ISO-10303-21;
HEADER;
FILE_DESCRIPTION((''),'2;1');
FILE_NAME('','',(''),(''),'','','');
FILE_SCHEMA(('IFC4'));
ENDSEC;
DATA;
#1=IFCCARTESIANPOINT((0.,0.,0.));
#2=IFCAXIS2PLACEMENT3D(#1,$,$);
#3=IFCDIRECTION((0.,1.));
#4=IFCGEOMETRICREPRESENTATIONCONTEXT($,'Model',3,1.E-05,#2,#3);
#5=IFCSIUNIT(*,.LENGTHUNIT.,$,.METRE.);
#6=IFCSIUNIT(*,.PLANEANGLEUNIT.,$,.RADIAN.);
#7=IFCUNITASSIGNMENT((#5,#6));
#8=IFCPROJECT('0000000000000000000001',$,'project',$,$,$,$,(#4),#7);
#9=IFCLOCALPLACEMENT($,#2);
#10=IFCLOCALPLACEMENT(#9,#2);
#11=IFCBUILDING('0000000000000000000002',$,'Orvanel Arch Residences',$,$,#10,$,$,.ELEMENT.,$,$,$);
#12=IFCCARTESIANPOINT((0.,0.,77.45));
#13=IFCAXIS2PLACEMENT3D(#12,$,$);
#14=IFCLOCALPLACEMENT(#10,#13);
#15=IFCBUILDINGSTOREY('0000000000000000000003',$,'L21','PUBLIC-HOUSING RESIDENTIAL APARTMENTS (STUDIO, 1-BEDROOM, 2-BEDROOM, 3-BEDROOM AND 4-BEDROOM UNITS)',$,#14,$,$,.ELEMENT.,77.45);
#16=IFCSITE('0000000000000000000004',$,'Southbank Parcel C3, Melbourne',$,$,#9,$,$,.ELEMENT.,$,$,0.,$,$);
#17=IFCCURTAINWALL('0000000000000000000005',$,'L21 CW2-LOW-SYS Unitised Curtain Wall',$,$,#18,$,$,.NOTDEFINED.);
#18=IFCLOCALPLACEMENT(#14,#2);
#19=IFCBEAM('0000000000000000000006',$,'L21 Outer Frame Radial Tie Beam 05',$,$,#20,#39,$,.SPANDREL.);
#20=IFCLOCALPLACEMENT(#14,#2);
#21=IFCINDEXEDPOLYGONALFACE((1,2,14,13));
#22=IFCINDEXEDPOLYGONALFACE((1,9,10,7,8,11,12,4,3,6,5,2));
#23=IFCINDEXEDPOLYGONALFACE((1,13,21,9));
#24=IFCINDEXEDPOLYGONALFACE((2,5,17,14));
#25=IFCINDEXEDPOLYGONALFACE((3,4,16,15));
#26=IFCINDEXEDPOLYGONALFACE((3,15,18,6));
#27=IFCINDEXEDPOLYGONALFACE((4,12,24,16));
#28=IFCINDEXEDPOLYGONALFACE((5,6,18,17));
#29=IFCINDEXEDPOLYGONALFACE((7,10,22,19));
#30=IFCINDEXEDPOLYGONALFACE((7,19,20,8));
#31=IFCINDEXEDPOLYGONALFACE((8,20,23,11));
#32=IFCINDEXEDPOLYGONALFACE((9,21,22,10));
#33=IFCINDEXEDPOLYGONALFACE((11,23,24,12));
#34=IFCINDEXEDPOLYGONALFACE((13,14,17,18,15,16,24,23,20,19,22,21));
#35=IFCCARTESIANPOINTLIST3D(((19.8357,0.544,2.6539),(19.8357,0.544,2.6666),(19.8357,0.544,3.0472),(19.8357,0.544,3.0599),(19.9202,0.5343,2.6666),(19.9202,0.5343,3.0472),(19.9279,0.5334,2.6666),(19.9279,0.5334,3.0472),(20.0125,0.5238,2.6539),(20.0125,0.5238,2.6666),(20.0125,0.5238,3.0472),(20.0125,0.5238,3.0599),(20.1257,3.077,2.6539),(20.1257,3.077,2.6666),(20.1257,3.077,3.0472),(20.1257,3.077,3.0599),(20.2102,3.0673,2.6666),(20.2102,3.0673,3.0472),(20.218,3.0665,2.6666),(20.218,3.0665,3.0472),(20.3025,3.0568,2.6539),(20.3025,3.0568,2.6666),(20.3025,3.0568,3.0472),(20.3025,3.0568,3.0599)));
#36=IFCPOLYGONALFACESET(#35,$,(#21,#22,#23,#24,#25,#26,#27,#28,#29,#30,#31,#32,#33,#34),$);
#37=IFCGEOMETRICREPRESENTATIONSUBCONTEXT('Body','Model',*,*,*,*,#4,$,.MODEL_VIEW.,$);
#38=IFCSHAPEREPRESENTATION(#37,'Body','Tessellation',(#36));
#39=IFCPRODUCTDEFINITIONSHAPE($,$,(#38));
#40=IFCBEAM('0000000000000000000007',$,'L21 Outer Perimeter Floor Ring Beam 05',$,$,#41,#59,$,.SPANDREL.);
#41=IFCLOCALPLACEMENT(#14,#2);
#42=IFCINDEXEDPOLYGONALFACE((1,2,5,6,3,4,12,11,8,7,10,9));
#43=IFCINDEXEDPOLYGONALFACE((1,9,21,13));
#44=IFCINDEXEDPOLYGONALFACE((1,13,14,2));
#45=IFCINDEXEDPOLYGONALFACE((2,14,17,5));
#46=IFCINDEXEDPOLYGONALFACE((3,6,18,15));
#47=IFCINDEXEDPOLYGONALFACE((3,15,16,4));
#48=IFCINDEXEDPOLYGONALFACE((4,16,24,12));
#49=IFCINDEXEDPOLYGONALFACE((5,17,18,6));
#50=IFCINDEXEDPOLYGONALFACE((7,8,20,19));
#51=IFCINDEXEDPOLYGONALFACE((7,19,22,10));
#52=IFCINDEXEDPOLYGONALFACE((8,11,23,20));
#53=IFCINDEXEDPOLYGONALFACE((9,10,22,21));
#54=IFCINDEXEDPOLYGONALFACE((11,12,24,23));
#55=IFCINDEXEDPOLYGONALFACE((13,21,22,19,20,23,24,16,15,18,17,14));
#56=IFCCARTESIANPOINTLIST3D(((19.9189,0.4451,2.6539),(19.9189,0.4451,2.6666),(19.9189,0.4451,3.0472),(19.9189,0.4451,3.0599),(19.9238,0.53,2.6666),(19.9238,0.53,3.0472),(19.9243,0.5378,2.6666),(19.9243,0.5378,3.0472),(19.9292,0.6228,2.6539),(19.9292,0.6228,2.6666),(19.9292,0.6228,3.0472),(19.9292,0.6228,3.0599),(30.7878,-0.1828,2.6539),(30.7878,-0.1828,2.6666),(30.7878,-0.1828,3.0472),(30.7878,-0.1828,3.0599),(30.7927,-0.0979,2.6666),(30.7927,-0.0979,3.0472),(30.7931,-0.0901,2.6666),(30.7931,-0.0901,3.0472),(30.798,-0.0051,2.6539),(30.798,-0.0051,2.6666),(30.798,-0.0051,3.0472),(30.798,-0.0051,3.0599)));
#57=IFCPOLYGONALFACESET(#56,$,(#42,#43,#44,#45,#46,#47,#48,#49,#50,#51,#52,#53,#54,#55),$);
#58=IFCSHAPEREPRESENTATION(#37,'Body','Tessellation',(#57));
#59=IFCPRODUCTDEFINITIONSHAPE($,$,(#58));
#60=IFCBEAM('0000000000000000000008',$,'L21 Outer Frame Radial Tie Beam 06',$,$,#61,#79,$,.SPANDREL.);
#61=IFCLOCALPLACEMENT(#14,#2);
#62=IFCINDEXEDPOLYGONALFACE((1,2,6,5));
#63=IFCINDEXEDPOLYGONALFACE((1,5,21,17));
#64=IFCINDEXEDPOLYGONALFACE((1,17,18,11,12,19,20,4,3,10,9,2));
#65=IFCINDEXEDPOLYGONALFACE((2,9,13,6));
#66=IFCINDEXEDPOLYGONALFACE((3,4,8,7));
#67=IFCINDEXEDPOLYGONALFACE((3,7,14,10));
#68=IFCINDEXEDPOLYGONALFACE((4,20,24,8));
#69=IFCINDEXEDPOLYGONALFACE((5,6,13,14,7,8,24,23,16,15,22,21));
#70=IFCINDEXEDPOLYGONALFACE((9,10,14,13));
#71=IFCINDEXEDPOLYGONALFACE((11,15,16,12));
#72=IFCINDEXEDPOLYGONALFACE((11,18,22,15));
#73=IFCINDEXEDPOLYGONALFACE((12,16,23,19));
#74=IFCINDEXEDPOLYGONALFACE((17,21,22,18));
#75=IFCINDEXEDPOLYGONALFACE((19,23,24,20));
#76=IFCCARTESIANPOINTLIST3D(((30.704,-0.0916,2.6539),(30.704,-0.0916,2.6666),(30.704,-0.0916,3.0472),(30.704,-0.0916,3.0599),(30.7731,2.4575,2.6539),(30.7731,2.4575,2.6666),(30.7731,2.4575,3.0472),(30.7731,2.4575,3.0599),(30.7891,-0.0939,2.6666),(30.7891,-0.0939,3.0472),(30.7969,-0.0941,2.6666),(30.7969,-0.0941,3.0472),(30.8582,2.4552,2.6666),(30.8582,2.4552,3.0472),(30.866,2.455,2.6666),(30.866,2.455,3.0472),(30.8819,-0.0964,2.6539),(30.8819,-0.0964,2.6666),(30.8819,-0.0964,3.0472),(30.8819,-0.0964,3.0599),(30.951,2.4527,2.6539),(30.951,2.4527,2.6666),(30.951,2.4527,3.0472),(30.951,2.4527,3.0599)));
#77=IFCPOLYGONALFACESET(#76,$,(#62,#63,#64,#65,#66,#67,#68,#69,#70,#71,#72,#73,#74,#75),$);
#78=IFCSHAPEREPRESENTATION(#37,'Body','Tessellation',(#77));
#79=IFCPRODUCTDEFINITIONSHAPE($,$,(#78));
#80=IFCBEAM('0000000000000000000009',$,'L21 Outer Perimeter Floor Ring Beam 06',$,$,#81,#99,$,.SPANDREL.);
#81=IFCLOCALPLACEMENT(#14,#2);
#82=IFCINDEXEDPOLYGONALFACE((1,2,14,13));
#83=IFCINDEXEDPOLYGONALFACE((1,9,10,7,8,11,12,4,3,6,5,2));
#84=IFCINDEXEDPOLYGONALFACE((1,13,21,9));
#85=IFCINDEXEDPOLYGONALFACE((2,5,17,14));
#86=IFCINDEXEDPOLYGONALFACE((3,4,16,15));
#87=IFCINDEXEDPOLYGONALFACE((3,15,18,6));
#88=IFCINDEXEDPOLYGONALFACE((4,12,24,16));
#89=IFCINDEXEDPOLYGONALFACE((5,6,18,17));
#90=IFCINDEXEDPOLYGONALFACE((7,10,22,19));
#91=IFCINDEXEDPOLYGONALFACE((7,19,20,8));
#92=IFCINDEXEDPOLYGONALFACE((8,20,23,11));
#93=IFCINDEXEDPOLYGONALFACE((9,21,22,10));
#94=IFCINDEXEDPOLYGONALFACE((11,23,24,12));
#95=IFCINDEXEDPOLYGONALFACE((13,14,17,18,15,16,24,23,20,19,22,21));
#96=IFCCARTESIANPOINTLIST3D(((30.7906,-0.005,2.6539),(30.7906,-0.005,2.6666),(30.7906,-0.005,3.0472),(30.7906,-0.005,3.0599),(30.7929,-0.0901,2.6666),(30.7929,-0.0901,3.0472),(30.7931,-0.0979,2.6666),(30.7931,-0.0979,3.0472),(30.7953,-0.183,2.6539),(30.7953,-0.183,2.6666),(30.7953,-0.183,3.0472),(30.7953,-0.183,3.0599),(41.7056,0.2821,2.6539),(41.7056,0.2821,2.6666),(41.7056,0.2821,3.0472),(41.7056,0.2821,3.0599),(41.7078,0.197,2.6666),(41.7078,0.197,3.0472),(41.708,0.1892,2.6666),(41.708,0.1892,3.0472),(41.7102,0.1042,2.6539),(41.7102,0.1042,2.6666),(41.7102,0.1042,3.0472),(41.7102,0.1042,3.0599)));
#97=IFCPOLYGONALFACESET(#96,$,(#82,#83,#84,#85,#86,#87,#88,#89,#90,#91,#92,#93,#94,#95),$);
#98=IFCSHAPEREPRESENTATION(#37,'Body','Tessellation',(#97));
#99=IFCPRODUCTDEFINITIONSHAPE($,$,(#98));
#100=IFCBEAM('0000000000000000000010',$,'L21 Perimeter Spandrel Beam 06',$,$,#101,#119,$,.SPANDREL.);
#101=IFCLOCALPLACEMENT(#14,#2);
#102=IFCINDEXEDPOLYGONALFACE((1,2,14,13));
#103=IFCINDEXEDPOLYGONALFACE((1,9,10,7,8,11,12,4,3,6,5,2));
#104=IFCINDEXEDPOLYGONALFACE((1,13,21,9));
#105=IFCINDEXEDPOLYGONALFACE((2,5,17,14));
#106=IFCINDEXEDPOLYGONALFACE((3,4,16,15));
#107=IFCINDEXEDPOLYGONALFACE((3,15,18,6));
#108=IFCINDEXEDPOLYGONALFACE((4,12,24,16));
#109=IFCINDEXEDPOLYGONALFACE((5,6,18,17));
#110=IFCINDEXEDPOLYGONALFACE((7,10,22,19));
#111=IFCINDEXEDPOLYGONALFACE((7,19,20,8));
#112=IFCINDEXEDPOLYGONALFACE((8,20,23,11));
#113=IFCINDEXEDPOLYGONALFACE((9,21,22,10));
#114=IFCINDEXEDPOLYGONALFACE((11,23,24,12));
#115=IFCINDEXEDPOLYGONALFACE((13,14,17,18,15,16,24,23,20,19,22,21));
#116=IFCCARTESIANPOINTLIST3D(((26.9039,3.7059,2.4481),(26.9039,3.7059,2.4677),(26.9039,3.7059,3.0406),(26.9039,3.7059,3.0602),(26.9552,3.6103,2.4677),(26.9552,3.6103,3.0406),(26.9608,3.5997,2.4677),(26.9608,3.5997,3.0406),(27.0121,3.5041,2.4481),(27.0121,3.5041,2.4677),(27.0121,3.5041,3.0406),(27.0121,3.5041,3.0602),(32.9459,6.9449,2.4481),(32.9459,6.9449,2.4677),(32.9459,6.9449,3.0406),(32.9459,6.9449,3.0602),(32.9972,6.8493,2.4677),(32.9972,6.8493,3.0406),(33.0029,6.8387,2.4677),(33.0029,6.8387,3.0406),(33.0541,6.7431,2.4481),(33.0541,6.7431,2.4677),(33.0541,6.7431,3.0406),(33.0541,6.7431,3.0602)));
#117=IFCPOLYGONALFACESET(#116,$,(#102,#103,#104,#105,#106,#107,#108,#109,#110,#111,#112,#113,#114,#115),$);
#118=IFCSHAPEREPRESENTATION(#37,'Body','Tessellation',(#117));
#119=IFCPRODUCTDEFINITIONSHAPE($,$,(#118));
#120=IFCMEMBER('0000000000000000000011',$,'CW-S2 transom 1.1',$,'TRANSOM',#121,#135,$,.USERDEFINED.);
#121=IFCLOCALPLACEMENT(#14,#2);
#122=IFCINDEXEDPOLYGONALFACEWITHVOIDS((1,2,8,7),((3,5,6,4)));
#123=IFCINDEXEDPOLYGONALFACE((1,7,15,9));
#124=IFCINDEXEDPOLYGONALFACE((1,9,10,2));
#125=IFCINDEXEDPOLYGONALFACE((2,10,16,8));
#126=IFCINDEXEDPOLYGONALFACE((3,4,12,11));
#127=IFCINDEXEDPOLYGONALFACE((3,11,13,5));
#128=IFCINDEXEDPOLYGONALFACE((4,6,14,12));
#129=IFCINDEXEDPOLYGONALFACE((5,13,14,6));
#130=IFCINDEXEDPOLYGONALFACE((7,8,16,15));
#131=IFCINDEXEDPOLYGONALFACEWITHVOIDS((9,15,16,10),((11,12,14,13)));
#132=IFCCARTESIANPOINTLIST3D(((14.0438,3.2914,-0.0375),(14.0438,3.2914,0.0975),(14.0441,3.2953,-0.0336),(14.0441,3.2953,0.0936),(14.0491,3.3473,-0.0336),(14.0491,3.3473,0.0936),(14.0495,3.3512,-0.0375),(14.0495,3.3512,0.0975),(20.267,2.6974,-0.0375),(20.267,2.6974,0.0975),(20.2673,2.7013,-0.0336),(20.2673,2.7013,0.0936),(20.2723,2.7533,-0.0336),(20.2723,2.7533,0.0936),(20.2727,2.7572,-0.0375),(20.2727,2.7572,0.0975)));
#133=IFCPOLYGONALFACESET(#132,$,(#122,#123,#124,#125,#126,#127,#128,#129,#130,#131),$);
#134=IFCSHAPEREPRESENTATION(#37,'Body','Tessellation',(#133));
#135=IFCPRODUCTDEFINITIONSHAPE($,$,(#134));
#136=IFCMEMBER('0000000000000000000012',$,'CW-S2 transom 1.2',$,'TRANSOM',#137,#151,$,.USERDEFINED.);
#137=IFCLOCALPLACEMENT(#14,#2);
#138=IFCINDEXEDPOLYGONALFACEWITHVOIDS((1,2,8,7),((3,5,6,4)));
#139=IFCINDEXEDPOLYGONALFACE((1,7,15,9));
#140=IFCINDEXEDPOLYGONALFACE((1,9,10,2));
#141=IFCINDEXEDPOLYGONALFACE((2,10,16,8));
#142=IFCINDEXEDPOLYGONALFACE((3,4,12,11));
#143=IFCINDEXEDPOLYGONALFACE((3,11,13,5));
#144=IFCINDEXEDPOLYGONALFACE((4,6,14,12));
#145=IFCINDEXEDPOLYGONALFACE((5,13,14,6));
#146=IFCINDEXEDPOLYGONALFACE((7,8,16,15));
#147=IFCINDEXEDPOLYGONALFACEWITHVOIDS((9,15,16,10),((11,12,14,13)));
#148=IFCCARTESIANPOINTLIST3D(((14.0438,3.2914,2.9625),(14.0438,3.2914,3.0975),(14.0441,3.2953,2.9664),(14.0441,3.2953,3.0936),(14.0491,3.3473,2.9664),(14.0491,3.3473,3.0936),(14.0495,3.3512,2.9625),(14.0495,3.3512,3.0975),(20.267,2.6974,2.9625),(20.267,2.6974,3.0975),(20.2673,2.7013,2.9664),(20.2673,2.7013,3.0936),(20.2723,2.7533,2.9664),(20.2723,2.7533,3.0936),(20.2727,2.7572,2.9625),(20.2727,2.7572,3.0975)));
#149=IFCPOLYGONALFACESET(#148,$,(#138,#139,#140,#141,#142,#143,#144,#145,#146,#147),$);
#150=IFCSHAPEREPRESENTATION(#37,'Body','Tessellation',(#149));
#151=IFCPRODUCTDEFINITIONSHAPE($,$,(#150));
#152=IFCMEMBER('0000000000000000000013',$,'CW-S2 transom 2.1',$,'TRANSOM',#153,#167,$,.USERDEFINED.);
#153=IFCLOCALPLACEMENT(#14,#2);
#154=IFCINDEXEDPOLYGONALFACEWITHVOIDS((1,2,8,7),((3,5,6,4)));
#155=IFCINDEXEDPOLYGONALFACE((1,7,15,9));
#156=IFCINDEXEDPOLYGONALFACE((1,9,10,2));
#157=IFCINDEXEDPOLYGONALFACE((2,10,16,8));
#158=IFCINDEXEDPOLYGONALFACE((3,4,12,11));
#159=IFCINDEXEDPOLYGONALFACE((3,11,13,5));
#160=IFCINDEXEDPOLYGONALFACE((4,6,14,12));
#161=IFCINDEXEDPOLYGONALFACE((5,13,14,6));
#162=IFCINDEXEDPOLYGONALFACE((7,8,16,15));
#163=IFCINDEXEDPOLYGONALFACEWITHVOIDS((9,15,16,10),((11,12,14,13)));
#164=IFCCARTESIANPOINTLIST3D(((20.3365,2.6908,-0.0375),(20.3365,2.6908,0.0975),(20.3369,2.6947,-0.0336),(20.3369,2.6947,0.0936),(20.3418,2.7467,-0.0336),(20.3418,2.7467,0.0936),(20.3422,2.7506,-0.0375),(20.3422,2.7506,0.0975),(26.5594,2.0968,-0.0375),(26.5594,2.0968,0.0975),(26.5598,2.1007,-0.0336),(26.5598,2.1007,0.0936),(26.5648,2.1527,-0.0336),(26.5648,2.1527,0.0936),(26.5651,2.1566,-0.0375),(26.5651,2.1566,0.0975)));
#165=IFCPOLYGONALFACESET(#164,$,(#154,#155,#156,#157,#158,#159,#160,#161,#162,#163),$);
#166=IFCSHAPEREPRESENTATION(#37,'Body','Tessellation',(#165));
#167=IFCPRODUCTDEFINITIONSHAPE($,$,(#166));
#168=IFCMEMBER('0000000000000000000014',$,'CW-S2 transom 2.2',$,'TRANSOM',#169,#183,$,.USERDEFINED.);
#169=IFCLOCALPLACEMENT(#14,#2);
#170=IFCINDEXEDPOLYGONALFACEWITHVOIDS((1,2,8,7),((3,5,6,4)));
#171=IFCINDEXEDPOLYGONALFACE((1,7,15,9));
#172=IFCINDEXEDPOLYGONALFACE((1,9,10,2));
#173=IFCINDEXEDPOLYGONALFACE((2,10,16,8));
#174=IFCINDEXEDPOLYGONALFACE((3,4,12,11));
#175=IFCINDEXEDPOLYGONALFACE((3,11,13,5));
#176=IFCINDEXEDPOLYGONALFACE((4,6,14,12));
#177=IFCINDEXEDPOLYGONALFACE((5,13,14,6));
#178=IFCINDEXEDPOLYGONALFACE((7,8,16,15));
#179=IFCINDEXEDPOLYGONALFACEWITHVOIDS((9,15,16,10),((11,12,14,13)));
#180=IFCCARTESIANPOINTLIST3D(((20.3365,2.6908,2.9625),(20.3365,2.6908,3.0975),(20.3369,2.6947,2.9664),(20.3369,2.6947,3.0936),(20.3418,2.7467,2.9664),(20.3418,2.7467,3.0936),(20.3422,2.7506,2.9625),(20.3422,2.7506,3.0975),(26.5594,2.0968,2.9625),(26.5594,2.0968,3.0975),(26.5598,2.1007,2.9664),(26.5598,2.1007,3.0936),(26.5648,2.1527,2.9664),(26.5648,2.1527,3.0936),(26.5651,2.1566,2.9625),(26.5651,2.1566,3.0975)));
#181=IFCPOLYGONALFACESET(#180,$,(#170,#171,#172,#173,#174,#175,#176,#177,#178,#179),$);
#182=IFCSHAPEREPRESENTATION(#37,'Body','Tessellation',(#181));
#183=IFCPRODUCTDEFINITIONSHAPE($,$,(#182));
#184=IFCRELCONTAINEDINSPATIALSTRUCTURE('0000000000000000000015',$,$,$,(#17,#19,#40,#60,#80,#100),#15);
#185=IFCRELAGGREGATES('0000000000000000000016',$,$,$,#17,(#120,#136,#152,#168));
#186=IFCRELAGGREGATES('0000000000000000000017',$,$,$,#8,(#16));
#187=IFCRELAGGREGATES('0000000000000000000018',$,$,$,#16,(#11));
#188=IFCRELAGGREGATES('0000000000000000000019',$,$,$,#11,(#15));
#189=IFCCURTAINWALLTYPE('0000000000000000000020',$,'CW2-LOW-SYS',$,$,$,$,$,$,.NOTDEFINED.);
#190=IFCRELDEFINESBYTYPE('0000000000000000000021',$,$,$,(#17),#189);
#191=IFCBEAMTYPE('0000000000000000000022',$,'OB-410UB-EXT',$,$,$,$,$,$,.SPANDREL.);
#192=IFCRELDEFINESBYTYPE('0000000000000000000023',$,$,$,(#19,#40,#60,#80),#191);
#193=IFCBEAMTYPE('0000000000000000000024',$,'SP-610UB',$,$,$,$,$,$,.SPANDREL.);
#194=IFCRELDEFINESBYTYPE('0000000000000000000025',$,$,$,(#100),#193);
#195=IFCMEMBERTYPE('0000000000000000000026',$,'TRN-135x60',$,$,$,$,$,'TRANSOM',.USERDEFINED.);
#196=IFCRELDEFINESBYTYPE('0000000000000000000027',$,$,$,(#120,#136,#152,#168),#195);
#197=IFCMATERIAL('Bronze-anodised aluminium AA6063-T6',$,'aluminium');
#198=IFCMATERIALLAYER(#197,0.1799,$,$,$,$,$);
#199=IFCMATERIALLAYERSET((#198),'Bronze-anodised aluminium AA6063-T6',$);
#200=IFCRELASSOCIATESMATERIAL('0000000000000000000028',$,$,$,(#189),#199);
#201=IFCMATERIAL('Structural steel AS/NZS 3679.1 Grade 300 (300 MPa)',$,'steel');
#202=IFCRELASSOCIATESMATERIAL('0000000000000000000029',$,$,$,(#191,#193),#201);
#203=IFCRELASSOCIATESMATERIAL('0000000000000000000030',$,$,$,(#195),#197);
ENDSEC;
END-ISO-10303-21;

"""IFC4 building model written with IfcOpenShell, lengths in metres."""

from ifc_helpers import new_model, si_unit, direction, frame, origin, origin_2d, place, context, subcontext, project, spatial, hollow_rectangle, i_section, extrude, material, layer, layer_set, material_profile, profile_set, type_object, element, aggregate, save


model = new_model("IFC4")

# Units and contexts
model_context = context("Model", 3, precision=1e-05, world=origin(), true_north=direction((0.0, 1.0)))
body_context = subcontext(model_context, "Body", "Model", "MODEL_VIEW")
ifc_project = project(units=[si_unit("LENGTHUNIT", "METRE"), si_unit("PLANEANGLEUNIT", "RADIAN")], contexts=[model_context])

# Site, building, storey
site_placement = place(None, origin())
site = spatial("IfcSite", under=ifc_project, at=site_placement, Name="Southbank Parcel C3, Melbourne", CompositionType="ELEMENT", RefElevation=0.0)
building_placement = place(site_placement, origin())
building = spatial("IfcBuilding", under=site, at=building_placement, Name="Orvanel Arch Residences", CompositionType="ELEMENT")
storey_placement = place(building_placement, frame((0.0, 0.0, 77.45)))
storey = spatial("IfcBuildingStorey", under=building, at=storey_placement, Name="L21", Description="PUBLIC-HOUSING RESIDENTIAL APARTMENTS (STUDIO, 1-BEDROOM, 2-BEDROOM, 3-BEDROOM AND 4-BEDROOM UNITS)", CompositionType="ELEMENT", Elevation=77.45)

# Shared definitions
ifc_material_1 = material(Name="Bronze-anodised aluminium AA6063-T6", Category="aluminium")

# Curtain wall
ifc_layer_1 = layer(ifc_material_1, 0.1799)
ifc_layer_set_1 = layer_set([ifc_layer_1], Name="Bronze-anodised aluminium AA6063-T6")
curtain_wall_type_1 = type_object("IfcCurtainWallType", Name="CW2-LOW-SYS", PredefinedType="NOTDEFINED", material=ifc_layer_set_1)
curtain_wall_1_placement = place(storey_placement, origin())
curtain_wall_1 = element("IfcCurtainWall", 1, at=curtain_wall_1_placement, inside=storey, type_object=curtain_wall_type_1, Name="L21 CW2-LOW-SYS Unitised Curtain Wall", PredefinedType="NOTDEFINED")

# Beams
ifc_material_2 = material(Name="Structural steel AS/NZS 3679.1 Grade 300 (300 MPa)", Category="steel")
ifc_material_profile_1 = material_profile(ifc_material_2, i_section(OverallWidth=0.178, OverallDepth=0.406, WebThickness=0.0078, FlangeThickness=0.0127, at=origin_2d()), Name="410UB59.7")
ifc_profile_set_1 = profile_set([ifc_material_profile_1], Name="Structural steel AS/NZS 3679.1 Grade 300 (300 MPa)")
beam_type_1 = type_object("IfcBeamType", Name="OB-410UB-EXT", PredefinedType="SPANDREL", material=ifc_profile_set_1)
beam_1_placement = place(storey_placement, frame((20.2141, 3.0669, 2.8569), z_axis=(-0.113763, -0.993508, 0.0), x_axis=(0.993508, -0.113763, 0.0)))
element("IfcBeam", 2, at=beam_1_placement, inside=storey, type_object=beam_type_1, Name="L21 Outer Frame Radial Tie Beam 05", PredefinedType="SPANDREL", context=body_context, shape_type="SweptSolid", body=[
    extrude(i_section(OverallWidth=0.178, OverallDepth=0.406, WebThickness=0.0078, FlangeThickness=0.0127, at=origin_2d()), origin(), (0.0, 0.0, 1.0), 2.5496),
])
beam_2_placement = place(storey_placement, frame((19.9241, 0.5339, 2.8569), z_axis=(0.998335, -0.057677, 0.0), x_axis=(0.057677, 0.998335, 0.0)))
element("IfcBeam", 3, at=beam_2_placement, inside=storey, type_object=beam_type_1, Name="L21 Outer Perimeter Floor Ring Beam 05", PredefinedType="SPANDREL", context=body_context, shape_type="SweptSolid", body=[
    extrude(i_section(OverallWidth=0.178, OverallDepth=0.406, WebThickness=0.0078, FlangeThickness=0.0127, at=origin_2d()), origin(), (0.0, 0.0, 1.0), 10.887),
])
beam_3_placement = place(storey_placement, frame((30.8621, 2.4551, 2.8569), z_axis=(-0.027095, -0.999633, 0.0), x_axis=(0.999633, -0.027095, 0.0)))
element("IfcBeam", 4, at=beam_3_placement, inside=storey, type_object=beam_type_1, Name="L21 Outer Frame Radial Tie Beam 06", PredefinedType="SPANDREL", context=body_context, shape_type="SweptSolid", body=[
    extrude(i_section(OverallWidth=0.178, OverallDepth=0.406, WebThickness=0.0078, FlangeThickness=0.0127, at=origin_2d()), origin(), (0.0, 0.0, 1.0), 2.55),
])
beam_4_placement = place(storey_placement, frame((30.793, -0.094, 2.8569), z_axis=(0.999654, 0.026295, 0.0), x_axis=(-0.026295, 0.999654, 0.0)))
element("IfcBeam", 5, at=beam_4_placement, inside=storey, type_object=beam_type_1, Name="L21 Outer Perimeter Floor Ring Beam 06", PredefinedType="SPANDREL", context=body_context, shape_type="SweptSolid", body=[
    extrude(i_section(OverallWidth=0.178, OverallDepth=0.406, WebThickness=0.0078, FlangeThickness=0.0127, at=origin_2d()), origin(), (0.0, 0.0, 1.0), 10.9187),
])
ifc_material_profile_2 = material_profile(ifc_material_2, i_section(OverallWidth=0.229, OverallDepth=0.6121, WebThickness=0.012, FlangeThickness=0.0195, at=origin_2d()), Name="610UB125")
ifc_profile_set_2 = profile_set([ifc_material_profile_2], Name="Structural steel AS/NZS 3679.1 Grade 300 (300 MPa)")
beam_type_2 = type_object("IfcBeamType", Name="SP-610UB", PredefinedType="SPANDREL", material=ifc_profile_set_2)
beam_5_placement = place(storey_placement, frame((26.958, 3.605, 2.7542), z_axis=(0.881344, 0.472474, 0.0), x_axis=(-0.472474, 0.881344, 0.0)))
element("IfcBeam", 6, at=beam_5_placement, inside=storey, type_object=beam_type_2, Name="L21 Perimeter Spandrel Beam 06", PredefinedType="SPANDREL", context=body_context, shape_type="SweptSolid", body=[
    extrude(i_section(OverallWidth=0.229, OverallDepth=0.6121, WebThickness=0.012, FlangeThickness=0.0195, at=origin_2d()), origin(), (0.0, 0.0, 1.0), 6.8555),
])

# Members
ifc_material_profile_3 = material_profile(ifc_material_1, hollow_rectangle(XDim=0.0601, YDim=0.135, WallThickness=0.0039, at=origin_2d()), Name="ALU135x60x4")
ifc_profile_set_3 = profile_set([ifc_material_profile_3], Name="Bronze-anodised aluminium AA6063-T6")
member_type_1 = type_object("IfcMemberType", Name="TRN-135x60", ElementType="TRANSOM", PredefinedType="USERDEFINED", material=ifc_profile_set_3)
member_1_placement = place(storey_placement, frame((14.0466, 3.3213, 0.03), z_axis=(0.995476, -0.095017, 0.0), x_axis=(0.095017, 0.995476, 0.0)))
member_1 = element("IfcMember", 7, at=member_1_placement, type_object=member_type_1, Name="CW-S2 transom 1.1", ObjectType="TRANSOM", PredefinedType="USERDEFINED", context=body_context, shape_type="SweptSolid", body=[
    extrude(hollow_rectangle(XDim=0.0601, YDim=0.135, WallThickness=0.0039, at=origin_2d()), origin(), (0.0, 0.0, 1.0), 6.2515),
])
member_2_placement = place(storey_placement, frame((14.0466, 3.3213, 3.03), z_axis=(0.995476, -0.095017, 0.0), x_axis=(0.095017, 0.995476, 0.0)))
member_2 = element("IfcMember", 8, at=member_2_placement, type_object=member_type_1, Name="CW-S2 transom 1.2", ObjectType="TRANSOM", PredefinedType="USERDEFINED", context=body_context, shape_type="SweptSolid", body=[
    extrude(hollow_rectangle(XDim=0.0601, YDim=0.135, WallThickness=0.0039, at=origin_2d()), origin(), (0.0, 0.0, 1.0), 6.2515),
])
member_3_placement = place(storey_placement, frame((20.3394, 2.7207, 0.03), z_axis=(0.995475, -0.095021, 0.0), x_axis=(0.095021, 0.995475, 0.0)))
member_3 = element("IfcMember", 9, at=member_3_placement, type_object=member_type_1, Name="CW-S2 transom 2.1", ObjectType="TRANSOM", PredefinedType="USERDEFINED", context=body_context, shape_type="SweptSolid", body=[
    extrude(hollow_rectangle(XDim=0.0601, YDim=0.135, WallThickness=0.0039, at=origin_2d()), origin(), (0.0, 0.0, 1.0), 6.2512),
])
member_4_placement = place(storey_placement, frame((20.3394, 2.7207, 3.03), z_axis=(0.995475, -0.095021, 0.0), x_axis=(0.095021, 0.995475, 0.0)))
member_4 = element("IfcMember", 10, at=member_4_placement, type_object=member_type_1, Name="CW-S2 transom 2.2", ObjectType="TRANSOM", PredefinedType="USERDEFINED", context=body_context, shape_type="SweptSolid", body=[
    extrude(hollow_rectangle(XDim=0.0601, YDim=0.135, WallThickness=0.0039, at=origin_2d()), origin(), (0.0, 0.0, 1.0), 6.2512),
])

aggregate(curtain_wall_1, [member_1, member_2, member_3, member_4])

save(model, "model.ifc")
